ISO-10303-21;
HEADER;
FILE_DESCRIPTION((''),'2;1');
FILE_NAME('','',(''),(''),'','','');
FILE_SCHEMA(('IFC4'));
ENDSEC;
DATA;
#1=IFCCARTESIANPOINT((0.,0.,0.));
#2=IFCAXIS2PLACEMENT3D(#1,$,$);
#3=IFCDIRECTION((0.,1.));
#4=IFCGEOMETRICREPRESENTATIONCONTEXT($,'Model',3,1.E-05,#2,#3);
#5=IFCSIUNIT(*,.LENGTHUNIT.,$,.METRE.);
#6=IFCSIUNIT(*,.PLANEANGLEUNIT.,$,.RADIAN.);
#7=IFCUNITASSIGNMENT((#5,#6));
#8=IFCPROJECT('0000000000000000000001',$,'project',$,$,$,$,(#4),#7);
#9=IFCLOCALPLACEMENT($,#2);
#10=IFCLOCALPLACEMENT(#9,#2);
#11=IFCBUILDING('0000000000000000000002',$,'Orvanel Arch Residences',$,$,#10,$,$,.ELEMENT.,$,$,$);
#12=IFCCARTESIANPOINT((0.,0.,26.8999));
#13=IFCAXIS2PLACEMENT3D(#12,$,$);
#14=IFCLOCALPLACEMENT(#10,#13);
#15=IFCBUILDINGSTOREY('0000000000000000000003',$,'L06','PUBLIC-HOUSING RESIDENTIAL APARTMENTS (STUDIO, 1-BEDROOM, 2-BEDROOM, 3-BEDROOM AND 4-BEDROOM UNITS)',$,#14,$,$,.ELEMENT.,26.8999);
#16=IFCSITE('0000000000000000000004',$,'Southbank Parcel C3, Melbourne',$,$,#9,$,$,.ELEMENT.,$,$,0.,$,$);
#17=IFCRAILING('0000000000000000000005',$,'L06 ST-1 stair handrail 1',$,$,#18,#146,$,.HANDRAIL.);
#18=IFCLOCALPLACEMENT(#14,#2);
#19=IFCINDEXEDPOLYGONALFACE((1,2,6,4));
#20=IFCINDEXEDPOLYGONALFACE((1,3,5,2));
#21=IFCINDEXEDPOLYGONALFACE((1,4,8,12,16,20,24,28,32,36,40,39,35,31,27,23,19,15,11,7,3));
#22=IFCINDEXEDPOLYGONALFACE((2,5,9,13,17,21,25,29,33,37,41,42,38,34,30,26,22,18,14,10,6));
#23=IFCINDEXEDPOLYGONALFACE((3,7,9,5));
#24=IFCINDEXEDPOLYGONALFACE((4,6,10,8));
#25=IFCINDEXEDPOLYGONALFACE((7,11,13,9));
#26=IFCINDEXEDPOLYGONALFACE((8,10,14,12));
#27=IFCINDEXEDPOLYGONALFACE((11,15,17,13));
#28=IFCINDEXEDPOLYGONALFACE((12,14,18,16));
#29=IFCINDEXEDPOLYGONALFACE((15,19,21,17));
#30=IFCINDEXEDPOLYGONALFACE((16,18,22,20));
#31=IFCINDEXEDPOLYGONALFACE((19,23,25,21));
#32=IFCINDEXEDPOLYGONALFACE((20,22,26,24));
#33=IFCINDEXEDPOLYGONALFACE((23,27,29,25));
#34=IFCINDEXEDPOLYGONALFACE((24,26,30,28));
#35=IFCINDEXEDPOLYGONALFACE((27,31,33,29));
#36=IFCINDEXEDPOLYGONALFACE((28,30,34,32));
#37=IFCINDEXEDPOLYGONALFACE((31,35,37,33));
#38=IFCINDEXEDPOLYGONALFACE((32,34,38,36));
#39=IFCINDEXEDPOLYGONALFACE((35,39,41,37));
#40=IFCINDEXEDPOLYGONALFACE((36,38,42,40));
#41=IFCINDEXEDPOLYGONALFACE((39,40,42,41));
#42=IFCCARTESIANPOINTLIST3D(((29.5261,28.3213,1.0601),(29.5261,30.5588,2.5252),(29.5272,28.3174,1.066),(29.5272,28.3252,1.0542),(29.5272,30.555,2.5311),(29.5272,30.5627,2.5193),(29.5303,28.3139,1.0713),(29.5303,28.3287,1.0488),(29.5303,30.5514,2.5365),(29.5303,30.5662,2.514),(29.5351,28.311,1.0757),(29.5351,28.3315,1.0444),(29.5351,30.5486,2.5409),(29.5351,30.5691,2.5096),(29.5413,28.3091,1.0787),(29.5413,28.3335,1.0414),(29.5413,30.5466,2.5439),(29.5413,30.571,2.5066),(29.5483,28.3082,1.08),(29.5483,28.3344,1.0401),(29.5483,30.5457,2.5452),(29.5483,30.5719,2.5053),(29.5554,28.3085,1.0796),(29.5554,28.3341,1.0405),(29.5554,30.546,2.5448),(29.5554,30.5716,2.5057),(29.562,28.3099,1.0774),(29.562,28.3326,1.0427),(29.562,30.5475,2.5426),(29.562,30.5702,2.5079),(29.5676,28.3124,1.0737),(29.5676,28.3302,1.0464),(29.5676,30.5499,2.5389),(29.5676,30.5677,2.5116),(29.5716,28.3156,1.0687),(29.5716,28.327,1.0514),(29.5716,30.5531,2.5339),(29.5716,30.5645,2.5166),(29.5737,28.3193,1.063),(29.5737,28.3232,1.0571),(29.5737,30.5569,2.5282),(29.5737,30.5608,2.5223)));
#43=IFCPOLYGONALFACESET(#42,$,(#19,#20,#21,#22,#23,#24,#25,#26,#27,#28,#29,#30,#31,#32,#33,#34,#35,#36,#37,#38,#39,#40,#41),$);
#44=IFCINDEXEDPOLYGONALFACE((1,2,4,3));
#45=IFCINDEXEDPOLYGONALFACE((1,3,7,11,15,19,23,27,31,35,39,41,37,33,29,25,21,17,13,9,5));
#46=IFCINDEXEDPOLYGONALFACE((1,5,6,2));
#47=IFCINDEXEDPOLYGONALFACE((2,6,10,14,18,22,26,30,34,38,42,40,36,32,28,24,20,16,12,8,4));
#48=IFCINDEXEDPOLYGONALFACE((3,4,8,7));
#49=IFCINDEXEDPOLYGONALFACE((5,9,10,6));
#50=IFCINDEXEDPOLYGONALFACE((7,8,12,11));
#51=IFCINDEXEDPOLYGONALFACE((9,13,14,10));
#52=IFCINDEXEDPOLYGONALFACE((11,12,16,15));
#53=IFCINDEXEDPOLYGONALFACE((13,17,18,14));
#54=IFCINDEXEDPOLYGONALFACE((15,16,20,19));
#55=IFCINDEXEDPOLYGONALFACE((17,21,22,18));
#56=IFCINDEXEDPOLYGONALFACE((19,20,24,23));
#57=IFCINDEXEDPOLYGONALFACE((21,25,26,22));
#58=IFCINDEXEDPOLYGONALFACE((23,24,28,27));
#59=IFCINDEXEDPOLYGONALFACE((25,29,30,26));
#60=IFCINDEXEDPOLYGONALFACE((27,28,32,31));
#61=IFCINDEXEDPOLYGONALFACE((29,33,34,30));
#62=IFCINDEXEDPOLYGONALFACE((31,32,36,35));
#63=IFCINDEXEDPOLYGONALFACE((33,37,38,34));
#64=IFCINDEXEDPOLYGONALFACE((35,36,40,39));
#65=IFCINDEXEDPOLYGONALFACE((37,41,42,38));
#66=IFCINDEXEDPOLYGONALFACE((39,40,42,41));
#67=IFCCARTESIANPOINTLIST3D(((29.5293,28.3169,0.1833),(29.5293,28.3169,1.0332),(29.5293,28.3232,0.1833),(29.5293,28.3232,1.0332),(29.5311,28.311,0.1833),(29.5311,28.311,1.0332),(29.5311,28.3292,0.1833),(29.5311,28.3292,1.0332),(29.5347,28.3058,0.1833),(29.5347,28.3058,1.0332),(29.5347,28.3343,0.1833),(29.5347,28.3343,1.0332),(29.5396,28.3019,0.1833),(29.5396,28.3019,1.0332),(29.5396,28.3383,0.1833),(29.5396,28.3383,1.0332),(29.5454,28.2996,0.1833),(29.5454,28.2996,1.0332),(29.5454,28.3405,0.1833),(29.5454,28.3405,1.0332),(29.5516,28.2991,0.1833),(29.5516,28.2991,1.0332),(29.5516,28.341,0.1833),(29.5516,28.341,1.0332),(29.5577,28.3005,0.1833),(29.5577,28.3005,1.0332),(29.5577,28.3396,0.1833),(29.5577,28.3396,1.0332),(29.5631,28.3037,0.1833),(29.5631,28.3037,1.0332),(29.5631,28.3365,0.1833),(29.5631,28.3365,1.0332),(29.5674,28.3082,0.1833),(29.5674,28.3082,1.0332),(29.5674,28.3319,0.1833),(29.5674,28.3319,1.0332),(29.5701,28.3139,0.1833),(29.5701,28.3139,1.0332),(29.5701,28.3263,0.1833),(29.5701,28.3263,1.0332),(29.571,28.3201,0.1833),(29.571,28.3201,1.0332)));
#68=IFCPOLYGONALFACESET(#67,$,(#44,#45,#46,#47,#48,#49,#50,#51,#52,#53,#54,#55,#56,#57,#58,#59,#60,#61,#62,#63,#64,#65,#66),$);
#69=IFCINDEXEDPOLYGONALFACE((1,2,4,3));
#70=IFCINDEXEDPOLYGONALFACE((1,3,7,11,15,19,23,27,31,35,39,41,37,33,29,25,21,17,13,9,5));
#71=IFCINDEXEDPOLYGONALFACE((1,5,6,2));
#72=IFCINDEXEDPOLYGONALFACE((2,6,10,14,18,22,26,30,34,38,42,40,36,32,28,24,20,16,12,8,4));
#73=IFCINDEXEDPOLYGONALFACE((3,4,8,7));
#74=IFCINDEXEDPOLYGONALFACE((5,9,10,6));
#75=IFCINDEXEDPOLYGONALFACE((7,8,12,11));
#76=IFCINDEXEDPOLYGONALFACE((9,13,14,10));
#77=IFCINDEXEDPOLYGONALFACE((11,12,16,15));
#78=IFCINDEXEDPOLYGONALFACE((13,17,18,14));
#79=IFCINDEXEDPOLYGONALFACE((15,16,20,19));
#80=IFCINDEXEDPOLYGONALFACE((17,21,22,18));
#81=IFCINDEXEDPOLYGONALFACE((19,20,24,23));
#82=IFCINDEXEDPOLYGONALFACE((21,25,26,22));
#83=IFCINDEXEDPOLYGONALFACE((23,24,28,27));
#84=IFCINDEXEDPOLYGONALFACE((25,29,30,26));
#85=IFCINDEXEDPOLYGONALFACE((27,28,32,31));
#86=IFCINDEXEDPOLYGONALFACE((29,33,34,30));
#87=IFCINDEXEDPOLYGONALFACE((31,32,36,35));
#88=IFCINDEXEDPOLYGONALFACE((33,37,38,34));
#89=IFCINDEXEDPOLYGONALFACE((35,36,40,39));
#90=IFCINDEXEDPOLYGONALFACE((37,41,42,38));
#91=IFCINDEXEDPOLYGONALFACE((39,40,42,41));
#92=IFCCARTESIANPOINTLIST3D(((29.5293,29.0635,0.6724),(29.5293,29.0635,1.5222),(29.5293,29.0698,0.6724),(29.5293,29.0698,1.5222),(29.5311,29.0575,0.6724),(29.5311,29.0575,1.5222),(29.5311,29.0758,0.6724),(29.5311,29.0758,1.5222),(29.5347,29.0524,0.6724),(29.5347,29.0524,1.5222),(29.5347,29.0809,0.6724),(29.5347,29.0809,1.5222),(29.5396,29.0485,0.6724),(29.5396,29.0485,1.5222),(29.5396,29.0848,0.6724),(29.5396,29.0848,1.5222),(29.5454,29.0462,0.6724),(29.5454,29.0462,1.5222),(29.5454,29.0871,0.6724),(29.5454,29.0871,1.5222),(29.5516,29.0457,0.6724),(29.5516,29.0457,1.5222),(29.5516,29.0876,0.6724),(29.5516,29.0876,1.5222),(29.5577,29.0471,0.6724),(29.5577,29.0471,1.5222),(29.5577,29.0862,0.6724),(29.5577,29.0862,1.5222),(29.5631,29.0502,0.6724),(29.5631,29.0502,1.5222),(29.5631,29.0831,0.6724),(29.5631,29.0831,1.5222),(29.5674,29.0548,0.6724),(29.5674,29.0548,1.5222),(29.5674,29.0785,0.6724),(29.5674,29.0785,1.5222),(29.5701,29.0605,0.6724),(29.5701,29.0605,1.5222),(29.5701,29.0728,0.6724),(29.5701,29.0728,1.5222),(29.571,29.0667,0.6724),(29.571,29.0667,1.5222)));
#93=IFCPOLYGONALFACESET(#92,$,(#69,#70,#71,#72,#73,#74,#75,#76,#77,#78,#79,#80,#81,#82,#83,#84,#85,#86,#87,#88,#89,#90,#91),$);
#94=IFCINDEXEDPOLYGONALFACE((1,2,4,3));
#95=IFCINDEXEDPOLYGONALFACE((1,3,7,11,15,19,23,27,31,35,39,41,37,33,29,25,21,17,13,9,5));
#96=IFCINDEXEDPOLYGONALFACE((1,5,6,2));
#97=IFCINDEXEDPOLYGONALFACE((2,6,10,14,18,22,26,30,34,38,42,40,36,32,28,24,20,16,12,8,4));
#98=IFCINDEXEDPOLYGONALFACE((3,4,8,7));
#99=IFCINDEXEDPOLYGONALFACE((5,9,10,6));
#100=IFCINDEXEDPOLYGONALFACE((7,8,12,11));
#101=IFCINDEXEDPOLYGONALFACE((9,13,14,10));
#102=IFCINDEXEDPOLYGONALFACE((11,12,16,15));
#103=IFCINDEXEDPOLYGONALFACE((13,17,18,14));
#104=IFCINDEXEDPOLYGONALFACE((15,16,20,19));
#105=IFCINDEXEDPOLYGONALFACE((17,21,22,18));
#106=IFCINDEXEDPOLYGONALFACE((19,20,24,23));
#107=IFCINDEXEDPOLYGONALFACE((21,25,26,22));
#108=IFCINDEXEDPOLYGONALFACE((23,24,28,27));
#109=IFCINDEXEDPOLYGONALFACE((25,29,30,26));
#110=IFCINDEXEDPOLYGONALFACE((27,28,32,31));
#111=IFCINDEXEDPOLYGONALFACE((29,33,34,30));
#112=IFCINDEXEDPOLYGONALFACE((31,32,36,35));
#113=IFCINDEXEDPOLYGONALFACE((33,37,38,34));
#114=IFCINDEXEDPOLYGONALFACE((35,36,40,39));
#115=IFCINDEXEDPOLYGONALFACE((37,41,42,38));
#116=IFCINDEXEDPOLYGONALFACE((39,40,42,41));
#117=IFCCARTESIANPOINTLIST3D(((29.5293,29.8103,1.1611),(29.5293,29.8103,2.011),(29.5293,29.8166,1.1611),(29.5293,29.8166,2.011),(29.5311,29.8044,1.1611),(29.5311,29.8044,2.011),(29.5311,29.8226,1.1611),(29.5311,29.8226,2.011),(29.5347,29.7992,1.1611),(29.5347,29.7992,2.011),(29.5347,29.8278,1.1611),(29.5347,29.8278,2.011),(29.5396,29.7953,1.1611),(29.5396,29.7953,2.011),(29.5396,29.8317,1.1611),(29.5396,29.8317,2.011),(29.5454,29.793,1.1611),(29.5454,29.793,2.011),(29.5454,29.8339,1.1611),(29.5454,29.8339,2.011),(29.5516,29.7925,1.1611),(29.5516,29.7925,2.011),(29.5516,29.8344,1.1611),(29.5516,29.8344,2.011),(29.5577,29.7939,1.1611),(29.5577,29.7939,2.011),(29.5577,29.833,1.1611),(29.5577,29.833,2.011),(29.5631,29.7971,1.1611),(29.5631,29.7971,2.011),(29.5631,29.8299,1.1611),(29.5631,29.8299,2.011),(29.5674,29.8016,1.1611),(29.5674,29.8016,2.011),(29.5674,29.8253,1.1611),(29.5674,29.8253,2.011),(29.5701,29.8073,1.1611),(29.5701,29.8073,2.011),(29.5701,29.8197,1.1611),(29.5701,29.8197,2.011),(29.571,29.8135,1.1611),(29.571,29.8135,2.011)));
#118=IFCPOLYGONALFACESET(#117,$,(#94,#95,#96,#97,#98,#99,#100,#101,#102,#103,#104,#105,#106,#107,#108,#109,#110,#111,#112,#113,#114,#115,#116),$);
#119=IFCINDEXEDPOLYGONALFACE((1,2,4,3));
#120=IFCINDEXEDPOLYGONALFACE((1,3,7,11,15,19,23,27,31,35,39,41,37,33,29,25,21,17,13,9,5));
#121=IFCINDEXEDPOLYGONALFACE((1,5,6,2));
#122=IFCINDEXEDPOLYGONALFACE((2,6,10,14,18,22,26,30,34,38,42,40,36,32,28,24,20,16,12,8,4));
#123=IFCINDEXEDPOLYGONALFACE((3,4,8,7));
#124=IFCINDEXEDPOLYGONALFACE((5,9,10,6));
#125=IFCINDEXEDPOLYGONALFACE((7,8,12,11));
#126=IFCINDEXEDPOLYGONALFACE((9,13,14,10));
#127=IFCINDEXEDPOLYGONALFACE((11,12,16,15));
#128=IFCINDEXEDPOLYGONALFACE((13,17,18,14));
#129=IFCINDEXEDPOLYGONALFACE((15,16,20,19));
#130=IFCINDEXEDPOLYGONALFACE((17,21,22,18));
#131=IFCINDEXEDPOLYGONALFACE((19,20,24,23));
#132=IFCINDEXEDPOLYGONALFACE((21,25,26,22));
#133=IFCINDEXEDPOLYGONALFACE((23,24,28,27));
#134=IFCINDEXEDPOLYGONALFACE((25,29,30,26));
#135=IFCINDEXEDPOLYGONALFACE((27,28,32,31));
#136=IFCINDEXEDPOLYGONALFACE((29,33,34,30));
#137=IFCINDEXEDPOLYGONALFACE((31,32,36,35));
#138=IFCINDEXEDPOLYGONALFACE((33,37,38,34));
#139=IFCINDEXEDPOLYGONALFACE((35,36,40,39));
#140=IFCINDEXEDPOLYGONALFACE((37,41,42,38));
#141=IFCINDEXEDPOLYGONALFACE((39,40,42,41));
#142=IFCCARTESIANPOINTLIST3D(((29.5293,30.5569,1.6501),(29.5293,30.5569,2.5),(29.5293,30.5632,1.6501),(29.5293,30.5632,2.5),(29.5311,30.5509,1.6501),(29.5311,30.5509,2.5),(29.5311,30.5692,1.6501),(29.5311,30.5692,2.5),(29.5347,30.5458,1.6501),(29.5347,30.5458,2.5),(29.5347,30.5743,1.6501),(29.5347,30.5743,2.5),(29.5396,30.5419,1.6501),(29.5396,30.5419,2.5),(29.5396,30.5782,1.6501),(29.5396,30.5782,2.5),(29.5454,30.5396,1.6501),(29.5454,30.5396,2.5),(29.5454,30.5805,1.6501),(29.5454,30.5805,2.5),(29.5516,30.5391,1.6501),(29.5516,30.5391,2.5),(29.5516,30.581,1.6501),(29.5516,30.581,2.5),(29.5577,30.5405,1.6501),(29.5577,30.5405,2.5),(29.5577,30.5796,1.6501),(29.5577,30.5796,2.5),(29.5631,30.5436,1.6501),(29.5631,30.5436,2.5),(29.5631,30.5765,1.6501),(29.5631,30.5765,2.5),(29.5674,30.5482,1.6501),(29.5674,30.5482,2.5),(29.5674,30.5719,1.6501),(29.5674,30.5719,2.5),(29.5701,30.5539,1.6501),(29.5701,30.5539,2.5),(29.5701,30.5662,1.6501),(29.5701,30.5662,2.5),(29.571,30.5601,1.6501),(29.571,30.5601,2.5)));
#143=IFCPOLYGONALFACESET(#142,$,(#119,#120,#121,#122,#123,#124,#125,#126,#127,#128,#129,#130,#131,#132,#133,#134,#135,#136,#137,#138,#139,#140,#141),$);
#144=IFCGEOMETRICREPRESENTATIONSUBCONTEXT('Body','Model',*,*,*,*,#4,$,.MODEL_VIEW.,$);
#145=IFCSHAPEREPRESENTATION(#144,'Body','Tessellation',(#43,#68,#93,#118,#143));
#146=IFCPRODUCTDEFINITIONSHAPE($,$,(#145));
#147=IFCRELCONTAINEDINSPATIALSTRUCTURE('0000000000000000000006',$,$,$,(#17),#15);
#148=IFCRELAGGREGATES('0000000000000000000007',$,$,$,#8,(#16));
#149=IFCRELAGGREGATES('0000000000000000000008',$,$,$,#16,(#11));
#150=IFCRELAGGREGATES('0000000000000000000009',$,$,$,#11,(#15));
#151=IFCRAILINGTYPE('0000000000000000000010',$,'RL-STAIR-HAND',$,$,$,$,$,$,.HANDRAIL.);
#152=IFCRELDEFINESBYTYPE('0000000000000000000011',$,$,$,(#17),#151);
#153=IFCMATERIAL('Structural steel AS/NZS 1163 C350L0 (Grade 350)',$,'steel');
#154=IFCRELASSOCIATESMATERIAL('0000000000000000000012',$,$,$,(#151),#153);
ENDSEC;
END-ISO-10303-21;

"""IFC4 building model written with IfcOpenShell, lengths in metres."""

from ifc_helpers import new_model, si_unit, direction, frame, origin, origin_2d, place, context, subcontext, project, spatial, circle, extrude, material, type_object, element, save


model = new_model("IFC4")

# Units and contexts
model_context = context("Model", 3, precision=1e-05, world=origin(), true_north=direction((0.0, 1.0)))
body_context = subcontext(model_context, "Body", "Model", "MODEL_VIEW")
ifc_project = project(units=[si_unit("LENGTHUNIT", "METRE"), si_unit("PLANEANGLEUNIT", "RADIAN")], contexts=[model_context])

# Site, building, storey
site_placement = place(None, origin())
site = spatial("IfcSite", under=ifc_project, at=site_placement, Name="Southbank Parcel C3, Melbourne", CompositionType="ELEMENT", RefElevation=0.0)
building_placement = place(site_placement, origin())
building = spatial("IfcBuilding", under=site, at=building_placement, Name="Orvanel Arch Residences", CompositionType="ELEMENT")
storey_placement = place(building_placement, frame((0.0, 0.0, 26.8999)))
storey = spatial("IfcBuildingStorey", under=building, at=storey_placement, Name="L06", Description="PUBLIC-HOUSING RESIDENTIAL APARTMENTS (STUDIO, 1-BEDROOM, 2-BEDROOM, 3-BEDROOM AND 4-BEDROOM UNITS)", CompositionType="ELEMENT", Elevation=26.8999)

# Railing
ifc_material_1 = material(Name="Structural steel AS/NZS 1163 C350L0 (Grade 350)", Category="steel")
railing_type_1 = type_object("IfcRailingType", Name="RL-STAIR-HAND", PredefinedType="HANDRAIL", material=ifc_material_1)
railing_1_placement = place(storey_placement, frame((29.55, 28.3201, 0.1833)))
element("IfcRailing", 1, at=railing_1_placement, inside=storey, type_object=railing_type_1, Name="L06 ST-1 stair handrail 1", PredefinedType="HANDRAIL", context=body_context, shape_type="SweptSolid", body=[
    extrude(circle(Radius=0.0239, at=origin_2d()), frame((0.0, 0.0012, 0.8767), z_axis=(0.0, 0.836595, 0.547822), x_axis=(-1.0, 0.0, 0.0)), (0.0, 0.0, 1.0), 2.6746),
    extrude(circle(Radius=0.021, at=origin_2d()), origin(), (0.0, 0.0, 1.0), 0.8499),
    extrude(circle(Radius=0.021, at=origin_2d()), frame((0.0, 0.7466, 0.489)), (0.0, 0.0, 1.0), 0.8499),
    extrude(circle(Radius=0.021, at=origin_2d()), frame((0.0, 1.4934, 0.9778)), (0.0, 0.0, 1.0), 0.8499),
    extrude(circle(Radius=0.021, at=origin_2d()), frame((0.0, 2.24, 1.4668)), (0.0, 0.0, 1.0), 0.8499),
])

save(model, "model.ifc")
